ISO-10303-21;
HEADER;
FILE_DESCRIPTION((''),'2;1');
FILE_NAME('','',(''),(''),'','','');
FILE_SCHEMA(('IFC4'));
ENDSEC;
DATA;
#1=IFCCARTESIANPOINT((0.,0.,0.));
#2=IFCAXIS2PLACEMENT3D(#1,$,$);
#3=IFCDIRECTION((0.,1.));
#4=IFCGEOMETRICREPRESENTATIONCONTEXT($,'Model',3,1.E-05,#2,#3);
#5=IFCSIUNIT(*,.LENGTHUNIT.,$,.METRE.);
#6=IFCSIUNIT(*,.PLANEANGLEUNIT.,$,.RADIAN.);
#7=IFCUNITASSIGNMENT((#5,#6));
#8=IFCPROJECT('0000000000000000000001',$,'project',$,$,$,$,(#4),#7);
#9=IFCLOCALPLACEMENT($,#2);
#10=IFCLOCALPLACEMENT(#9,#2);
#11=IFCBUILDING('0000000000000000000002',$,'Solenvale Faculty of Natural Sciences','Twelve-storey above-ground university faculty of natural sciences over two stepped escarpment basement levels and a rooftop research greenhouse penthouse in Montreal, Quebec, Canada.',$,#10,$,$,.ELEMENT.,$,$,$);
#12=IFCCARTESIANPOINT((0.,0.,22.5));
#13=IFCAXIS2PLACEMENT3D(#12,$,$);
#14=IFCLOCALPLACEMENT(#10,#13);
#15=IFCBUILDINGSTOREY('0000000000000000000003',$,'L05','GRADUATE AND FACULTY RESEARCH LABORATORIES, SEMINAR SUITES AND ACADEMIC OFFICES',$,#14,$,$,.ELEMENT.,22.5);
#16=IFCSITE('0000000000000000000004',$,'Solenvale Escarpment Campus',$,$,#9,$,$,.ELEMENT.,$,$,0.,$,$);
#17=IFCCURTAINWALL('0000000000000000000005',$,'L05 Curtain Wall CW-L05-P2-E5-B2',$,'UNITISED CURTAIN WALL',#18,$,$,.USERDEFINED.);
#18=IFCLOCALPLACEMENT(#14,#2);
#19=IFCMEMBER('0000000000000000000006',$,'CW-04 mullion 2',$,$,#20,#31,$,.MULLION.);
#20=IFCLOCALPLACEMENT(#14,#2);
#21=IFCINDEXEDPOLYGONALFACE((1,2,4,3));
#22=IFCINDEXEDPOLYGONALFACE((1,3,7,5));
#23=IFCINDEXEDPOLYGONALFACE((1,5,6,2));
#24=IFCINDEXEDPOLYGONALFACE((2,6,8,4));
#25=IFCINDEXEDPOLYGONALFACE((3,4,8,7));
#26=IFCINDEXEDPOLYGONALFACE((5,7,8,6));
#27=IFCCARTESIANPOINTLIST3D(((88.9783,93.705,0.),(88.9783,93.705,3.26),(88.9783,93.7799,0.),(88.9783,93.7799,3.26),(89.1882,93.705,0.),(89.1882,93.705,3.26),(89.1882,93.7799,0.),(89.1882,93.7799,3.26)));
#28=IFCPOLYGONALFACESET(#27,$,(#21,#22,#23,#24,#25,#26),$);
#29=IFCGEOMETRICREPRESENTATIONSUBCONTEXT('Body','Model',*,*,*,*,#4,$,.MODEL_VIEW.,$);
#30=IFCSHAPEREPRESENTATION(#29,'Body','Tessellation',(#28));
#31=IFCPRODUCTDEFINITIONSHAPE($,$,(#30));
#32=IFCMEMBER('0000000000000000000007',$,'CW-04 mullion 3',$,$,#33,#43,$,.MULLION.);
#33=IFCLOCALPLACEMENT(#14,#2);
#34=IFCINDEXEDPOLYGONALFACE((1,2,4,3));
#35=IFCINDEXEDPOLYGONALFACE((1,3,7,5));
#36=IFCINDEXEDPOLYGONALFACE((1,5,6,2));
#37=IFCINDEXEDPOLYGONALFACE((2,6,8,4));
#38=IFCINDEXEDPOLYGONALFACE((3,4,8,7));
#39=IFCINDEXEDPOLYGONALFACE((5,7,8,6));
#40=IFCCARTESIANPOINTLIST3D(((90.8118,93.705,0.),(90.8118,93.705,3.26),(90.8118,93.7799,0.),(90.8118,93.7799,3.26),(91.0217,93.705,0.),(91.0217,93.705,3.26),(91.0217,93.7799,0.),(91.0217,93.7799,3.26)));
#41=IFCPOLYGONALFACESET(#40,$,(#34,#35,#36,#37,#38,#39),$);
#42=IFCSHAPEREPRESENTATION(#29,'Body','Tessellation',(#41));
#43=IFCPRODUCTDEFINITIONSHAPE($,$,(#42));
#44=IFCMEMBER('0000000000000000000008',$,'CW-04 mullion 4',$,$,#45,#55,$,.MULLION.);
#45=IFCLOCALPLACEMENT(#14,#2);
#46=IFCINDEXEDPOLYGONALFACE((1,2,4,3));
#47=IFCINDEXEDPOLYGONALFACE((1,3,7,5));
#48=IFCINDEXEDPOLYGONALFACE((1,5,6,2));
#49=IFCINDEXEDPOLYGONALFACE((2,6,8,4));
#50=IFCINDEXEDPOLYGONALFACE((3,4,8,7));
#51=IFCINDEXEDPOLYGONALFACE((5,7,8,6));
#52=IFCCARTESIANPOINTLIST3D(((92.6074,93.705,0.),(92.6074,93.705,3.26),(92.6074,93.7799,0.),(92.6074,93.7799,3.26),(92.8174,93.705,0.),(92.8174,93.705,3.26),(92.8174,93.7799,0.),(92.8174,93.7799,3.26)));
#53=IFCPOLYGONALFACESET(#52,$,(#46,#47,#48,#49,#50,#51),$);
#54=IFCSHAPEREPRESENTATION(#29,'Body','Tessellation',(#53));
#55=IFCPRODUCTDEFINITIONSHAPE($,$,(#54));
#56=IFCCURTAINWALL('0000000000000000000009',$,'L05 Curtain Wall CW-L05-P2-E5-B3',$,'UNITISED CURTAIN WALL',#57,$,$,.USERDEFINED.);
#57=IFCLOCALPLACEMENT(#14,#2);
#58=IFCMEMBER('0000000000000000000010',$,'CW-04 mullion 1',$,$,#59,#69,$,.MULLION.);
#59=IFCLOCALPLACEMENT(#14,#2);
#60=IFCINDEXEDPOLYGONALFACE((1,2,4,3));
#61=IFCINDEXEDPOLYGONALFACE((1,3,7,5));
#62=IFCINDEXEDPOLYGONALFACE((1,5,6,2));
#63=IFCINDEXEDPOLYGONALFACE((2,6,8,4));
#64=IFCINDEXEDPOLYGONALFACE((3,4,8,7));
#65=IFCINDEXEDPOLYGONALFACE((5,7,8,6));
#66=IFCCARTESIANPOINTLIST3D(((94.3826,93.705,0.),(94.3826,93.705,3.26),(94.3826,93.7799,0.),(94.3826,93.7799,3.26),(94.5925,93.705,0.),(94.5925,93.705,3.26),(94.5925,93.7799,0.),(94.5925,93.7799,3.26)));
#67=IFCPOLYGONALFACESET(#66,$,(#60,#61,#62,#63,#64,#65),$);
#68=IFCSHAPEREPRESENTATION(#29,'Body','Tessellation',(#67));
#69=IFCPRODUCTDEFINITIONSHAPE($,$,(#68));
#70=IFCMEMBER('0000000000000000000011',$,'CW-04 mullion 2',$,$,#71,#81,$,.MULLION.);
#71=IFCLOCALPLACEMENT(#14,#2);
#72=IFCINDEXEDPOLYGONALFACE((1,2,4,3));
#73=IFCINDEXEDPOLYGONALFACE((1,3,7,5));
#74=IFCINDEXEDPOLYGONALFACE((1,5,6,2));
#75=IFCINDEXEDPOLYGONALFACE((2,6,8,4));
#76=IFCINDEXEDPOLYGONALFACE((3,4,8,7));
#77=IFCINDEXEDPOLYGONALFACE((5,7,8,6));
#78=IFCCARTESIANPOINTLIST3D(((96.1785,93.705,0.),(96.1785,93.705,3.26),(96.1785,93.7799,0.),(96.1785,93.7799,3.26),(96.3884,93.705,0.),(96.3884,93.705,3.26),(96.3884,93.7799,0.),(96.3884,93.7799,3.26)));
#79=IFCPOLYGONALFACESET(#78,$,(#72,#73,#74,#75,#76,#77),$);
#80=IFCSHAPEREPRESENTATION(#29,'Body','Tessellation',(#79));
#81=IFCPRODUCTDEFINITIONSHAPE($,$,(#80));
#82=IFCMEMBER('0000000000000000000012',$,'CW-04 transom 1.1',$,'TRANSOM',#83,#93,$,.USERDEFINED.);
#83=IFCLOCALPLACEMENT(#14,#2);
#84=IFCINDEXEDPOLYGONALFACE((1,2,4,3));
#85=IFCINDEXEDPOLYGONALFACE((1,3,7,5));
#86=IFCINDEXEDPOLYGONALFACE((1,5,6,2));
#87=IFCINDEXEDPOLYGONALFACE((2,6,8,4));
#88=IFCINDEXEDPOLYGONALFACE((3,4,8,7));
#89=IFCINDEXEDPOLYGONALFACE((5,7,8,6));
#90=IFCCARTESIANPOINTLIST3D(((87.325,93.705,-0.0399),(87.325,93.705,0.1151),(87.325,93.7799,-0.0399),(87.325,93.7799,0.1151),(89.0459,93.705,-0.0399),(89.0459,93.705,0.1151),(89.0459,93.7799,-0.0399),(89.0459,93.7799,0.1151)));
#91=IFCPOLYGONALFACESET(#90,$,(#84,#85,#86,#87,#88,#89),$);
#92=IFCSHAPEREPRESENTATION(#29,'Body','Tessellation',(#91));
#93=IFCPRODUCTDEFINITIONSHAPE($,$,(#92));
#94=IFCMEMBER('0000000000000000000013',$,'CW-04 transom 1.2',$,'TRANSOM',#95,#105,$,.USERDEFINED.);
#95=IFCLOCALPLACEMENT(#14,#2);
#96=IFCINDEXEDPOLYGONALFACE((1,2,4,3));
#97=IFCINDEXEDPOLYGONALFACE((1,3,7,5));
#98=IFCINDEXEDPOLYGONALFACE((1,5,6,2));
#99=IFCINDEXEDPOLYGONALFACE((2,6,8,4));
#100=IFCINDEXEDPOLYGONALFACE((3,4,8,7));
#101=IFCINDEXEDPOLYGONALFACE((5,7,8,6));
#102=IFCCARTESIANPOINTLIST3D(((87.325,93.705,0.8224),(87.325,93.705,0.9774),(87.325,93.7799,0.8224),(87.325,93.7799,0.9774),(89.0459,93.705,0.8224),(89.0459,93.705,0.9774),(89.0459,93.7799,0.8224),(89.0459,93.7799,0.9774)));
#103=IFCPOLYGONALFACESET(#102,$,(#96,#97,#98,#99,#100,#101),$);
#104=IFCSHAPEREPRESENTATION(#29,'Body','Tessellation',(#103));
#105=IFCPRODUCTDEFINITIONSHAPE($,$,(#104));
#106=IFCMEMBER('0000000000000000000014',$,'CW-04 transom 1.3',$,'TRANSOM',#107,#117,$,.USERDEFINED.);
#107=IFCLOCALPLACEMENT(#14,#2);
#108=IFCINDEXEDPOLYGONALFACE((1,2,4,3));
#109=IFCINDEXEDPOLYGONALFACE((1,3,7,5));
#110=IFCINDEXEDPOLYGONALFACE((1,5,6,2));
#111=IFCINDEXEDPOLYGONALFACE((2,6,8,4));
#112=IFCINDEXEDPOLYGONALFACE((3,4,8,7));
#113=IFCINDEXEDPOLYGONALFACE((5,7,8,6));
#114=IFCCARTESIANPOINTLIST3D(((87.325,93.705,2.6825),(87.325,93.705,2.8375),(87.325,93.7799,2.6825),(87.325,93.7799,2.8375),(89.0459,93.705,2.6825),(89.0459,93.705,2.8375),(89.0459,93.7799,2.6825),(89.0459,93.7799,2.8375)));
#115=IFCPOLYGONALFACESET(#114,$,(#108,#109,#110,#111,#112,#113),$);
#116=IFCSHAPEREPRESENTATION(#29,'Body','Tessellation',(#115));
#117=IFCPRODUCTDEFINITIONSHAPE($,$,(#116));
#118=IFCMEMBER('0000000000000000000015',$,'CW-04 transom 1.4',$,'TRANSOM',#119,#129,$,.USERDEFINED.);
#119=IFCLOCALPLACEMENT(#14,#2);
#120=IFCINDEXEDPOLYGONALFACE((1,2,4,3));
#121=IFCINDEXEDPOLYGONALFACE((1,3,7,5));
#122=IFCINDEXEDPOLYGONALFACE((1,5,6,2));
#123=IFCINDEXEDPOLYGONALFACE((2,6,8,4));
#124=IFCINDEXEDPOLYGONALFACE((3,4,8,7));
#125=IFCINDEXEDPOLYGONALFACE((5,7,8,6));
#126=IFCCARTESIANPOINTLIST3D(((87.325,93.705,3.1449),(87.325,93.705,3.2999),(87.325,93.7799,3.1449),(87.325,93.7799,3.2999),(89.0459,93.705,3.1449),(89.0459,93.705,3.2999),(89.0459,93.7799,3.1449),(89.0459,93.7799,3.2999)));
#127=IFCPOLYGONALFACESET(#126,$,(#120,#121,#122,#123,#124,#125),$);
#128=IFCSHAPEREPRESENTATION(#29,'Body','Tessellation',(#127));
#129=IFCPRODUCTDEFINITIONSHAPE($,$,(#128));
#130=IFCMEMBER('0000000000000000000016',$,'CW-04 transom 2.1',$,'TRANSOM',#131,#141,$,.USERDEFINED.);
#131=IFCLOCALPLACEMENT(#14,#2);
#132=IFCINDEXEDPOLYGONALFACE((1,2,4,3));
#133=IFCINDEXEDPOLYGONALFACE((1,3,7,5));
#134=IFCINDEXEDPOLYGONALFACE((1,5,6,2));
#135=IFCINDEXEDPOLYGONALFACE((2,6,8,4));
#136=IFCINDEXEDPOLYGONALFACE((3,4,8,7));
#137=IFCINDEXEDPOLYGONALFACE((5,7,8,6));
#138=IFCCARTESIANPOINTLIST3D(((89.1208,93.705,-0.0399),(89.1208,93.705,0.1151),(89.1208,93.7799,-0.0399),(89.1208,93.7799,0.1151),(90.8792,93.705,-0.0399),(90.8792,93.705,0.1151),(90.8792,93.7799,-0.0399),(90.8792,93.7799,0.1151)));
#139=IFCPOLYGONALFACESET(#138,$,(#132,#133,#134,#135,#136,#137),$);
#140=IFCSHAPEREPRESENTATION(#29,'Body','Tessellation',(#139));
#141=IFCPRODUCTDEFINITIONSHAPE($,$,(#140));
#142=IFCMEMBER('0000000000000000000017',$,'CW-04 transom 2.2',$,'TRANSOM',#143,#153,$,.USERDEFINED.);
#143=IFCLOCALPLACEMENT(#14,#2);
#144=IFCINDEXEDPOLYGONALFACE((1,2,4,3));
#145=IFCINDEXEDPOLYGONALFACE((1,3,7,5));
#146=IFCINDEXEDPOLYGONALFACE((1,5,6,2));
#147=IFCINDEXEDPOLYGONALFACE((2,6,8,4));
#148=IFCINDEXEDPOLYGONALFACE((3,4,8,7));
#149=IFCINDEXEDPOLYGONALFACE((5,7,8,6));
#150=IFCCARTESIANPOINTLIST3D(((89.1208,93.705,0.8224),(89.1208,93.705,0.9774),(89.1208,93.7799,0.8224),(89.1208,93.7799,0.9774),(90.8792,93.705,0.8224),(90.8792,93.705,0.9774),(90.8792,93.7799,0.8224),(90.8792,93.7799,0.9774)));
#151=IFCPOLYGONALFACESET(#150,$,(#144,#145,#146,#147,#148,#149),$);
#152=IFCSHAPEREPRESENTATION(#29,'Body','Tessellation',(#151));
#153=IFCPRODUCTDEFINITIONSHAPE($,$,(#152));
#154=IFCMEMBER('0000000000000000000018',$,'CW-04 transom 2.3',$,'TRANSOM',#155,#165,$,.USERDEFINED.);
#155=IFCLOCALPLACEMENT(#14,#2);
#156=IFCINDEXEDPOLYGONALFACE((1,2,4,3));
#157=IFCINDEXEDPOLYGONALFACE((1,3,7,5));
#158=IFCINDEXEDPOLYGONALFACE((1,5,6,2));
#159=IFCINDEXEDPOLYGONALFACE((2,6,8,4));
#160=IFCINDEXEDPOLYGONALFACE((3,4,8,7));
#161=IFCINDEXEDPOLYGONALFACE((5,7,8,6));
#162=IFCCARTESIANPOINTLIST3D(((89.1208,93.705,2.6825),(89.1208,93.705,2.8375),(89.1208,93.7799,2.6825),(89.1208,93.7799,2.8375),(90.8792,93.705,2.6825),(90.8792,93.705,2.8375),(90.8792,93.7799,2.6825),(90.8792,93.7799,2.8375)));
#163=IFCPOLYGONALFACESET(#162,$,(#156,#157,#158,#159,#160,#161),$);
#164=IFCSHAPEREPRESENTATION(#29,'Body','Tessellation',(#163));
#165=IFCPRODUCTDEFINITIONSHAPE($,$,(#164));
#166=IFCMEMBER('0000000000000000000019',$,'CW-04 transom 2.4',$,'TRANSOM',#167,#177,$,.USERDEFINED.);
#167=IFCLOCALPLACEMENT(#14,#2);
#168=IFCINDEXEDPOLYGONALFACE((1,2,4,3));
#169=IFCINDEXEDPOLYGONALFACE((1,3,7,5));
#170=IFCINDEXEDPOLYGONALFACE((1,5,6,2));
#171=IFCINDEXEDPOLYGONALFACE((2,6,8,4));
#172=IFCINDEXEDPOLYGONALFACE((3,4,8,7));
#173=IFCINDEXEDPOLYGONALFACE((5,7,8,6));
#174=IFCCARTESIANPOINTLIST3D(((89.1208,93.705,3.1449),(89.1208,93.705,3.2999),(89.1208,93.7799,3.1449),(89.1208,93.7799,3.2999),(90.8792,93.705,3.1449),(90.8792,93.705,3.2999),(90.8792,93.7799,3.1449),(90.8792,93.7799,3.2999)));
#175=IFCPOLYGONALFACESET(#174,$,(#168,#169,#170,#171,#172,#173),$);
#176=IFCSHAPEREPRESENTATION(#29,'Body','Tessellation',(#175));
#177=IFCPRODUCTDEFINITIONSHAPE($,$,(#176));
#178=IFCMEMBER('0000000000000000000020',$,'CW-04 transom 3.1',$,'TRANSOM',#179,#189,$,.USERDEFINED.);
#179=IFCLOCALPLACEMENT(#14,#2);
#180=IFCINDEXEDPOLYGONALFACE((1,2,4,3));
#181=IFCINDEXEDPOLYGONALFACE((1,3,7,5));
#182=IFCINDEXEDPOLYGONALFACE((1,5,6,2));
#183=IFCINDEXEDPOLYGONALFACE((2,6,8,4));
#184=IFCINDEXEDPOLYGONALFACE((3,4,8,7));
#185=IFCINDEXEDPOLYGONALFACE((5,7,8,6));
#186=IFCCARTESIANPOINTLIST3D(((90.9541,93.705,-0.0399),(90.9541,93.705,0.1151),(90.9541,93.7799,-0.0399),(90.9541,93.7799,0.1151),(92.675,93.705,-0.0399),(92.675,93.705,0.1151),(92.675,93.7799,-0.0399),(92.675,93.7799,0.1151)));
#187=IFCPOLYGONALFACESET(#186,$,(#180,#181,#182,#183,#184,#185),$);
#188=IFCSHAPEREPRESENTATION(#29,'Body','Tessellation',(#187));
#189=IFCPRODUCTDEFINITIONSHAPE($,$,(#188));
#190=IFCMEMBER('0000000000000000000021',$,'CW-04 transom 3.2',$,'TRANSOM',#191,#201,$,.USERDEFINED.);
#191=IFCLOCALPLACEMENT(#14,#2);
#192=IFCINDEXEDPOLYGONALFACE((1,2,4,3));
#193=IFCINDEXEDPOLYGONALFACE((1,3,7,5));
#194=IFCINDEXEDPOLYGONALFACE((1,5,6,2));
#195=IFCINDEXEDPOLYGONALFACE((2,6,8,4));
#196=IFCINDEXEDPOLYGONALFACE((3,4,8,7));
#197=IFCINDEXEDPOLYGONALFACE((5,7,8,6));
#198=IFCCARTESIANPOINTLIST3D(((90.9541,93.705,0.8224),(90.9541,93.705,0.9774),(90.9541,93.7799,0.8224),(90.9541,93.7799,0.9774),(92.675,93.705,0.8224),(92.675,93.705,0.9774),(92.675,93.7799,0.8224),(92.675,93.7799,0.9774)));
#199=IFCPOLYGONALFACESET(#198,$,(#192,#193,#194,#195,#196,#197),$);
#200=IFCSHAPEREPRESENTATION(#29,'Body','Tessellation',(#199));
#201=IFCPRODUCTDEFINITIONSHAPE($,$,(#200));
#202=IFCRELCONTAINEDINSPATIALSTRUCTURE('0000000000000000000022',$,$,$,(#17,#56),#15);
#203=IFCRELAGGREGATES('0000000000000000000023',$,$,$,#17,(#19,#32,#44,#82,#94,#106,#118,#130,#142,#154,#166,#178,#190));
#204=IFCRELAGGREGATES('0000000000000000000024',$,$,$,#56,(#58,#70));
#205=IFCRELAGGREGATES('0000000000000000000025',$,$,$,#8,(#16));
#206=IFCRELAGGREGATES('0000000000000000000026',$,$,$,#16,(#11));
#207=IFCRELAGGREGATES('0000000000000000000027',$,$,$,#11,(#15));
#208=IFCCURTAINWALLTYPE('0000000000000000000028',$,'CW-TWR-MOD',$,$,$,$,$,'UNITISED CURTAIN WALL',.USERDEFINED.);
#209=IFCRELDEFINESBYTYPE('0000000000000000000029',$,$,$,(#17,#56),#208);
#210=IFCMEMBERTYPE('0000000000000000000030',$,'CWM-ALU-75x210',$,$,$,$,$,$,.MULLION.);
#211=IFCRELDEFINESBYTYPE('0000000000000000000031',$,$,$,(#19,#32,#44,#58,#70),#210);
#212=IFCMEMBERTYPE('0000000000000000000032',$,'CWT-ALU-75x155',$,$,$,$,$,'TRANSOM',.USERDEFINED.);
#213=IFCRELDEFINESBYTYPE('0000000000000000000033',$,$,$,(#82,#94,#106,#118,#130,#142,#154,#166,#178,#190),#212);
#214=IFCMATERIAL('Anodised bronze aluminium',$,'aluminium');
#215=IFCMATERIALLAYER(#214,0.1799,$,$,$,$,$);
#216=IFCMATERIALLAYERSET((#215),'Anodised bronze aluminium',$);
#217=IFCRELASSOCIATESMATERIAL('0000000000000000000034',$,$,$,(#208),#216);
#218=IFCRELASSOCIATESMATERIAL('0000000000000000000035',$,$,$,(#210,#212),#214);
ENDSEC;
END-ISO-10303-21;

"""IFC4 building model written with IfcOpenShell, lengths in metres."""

from ifc_helpers import new_model, si_unit, direction, frame, origin, origin_2d, place, context, subcontext, project, spatial, rectangle, extrude, material, layer, layer_set, material_profile, profile_set, type_object, element, aggregate, save


model = new_model("IFC4")

# Units and contexts
model_context = context("Model", 3, precision=1e-05, world=origin(), true_north=direction((0.0, 1.0)))
body_context = subcontext(model_context, "Body", "Model", "MODEL_VIEW")
ifc_project = project(units=[si_unit("LENGTHUNIT", "METRE"), si_unit("PLANEANGLEUNIT", "RADIAN")], contexts=[model_context])

# Site, building, storey
site_placement = place(None, origin())
site = spatial("IfcSite", under=ifc_project, at=site_placement, Name="Solenvale Escarpment Campus", CompositionType="ELEMENT", RefElevation=0.0)
building_placement = place(site_placement, origin())
building = spatial("IfcBuilding", under=site, at=building_placement, Name="Solenvale Faculty of Natural Sciences", Description="Twelve-storey above-ground university faculty of natural sciences over two stepped escarpment basement levels and a rooftop research greenhouse penthouse in Montreal, Quebec, Canada.", CompositionType="ELEMENT")
storey_placement = place(building_placement, frame((0.0, 0.0, 22.5)))
storey = spatial("IfcBuildingStorey", under=building, at=storey_placement, Name="L05", Description="GRADUATE AND FACULTY RESEARCH LABORATORIES, SEMINAR SUITES AND ACADEMIC OFFICES", CompositionType="ELEMENT", Elevation=22.5)

# Curtain walls, members
ifc_material_1 = material(Name="Anodised bronze aluminium", Category="aluminium")
ifc_layer_1 = layer(ifc_material_1, 0.1799)
ifc_layer_set_1 = layer_set([ifc_layer_1], Name="Anodised bronze aluminium")
curtain_wall_type = type_object("IfcCurtainWallType", Name="CW-TWR-MOD", ElementType="UNITISED CURTAIN WALL", PredefinedType="USERDEFINED", material=ifc_layer_set_1)
curtain_wall_1_placement = place(storey_placement, origin())
curtain_wall_1 = element("IfcCurtainWall", 1, at=curtain_wall_1_placement, inside=storey, type_object=curtain_wall_type, Name="L05 Curtain Wall CW-L05-P2-E5-B2", ObjectType="UNITISED CURTAIN WALL", PredefinedType="USERDEFINED")
ifc_material_profile_1 = material_profile(ifc_material_1, rectangle(XDim=0.075, YDim=0.21, at=origin_2d()), Name="ALU-MUL-75x210")
ifc_profile_set_1 = profile_set([ifc_material_profile_1], Name="Anodised bronze aluminium")
member_type_1 = type_object("IfcMemberType", Name="CWM-ALU-75x210", PredefinedType="MULLION", material=ifc_profile_set_1)
member_1_placement = place(storey_placement, frame((89.0833, 93.7424, 0.0), z_axis=(0.0, 0.0, 1.0), x_axis=(0.0, 1.0, 0.0)))
member_1 = element("IfcMember", 2, at=member_1_placement, type_object=member_type_1, Name="CW-04 mullion 2", PredefinedType="MULLION", context=body_context, shape_type="SweptSolid", body=[
    extrude(rectangle(XDim=0.075, YDim=0.21, at=origin_2d()), origin(), (0.0, 0.0, 1.0), 3.26),
])
member_2_placement = place(storey_placement, frame((90.9167, 93.7424, 0.0), z_axis=(0.0, 0.0, 1.0), x_axis=(0.0, 1.0, 0.0)))
member_2 = element("IfcMember", 3, at=member_2_placement, type_object=member_type_1, Name="CW-04 mullion 3", PredefinedType="MULLION", context=body_context, shape_type="SweptSolid", body=[
    extrude(rectangle(XDim=0.075, YDim=0.21, at=origin_2d()), origin(), (0.0, 0.0, 1.0), 3.26),
])
member_3_placement = place(storey_placement, frame((92.7124, 93.7424, 0.0), z_axis=(0.0, 0.0, 1.0), x_axis=(0.0, 1.0, 0.0)))
member_3 = element("IfcMember", 4, at=member_3_placement, type_object=member_type_1, Name="CW-04 mullion 4", PredefinedType="MULLION", context=body_context, shape_type="SweptSolid", body=[
    extrude(rectangle(XDim=0.075, YDim=0.21, at=origin_2d()), origin(), (0.0, 0.0, 1.0), 3.26),
])
curtain_wall_2_placement = place(storey_placement, origin())
curtain_wall_2 = element("IfcCurtainWall", 5, at=curtain_wall_2_placement, inside=storey, type_object=curtain_wall_type, Name="L05 Curtain Wall CW-L05-P2-E5-B3", ObjectType="UNITISED CURTAIN WALL", PredefinedType="USERDEFINED")
member_4_placement = place(storey_placement, frame((94.4875, 93.7424, 0.0), z_axis=(0.0, 0.0, 1.0), x_axis=(0.0, 1.0, 0.0)))
member_4 = element("IfcMember", 6, at=member_4_placement, type_object=member_type_1, Name="CW-04 mullion 1", PredefinedType="MULLION", context=body_context, shape_type="SweptSolid", body=[
    extrude(rectangle(XDim=0.075, YDim=0.21, at=origin_2d()), origin(), (0.0, 0.0, 1.0), 3.26),
])
member_5_placement = place(storey_placement, frame((96.2834, 93.7424, 0.0), z_axis=(0.0, 0.0, 1.0), x_axis=(0.0, 1.0, 0.0)))
member_5 = element("IfcMember", 7, at=member_5_placement, type_object=member_type_1, Name="CW-04 mullion 2", PredefinedType="MULLION", context=body_context, shape_type="SweptSolid", body=[
    extrude(rectangle(XDim=0.075, YDim=0.21, at=origin_2d()), origin(), (0.0, 0.0, 1.0), 3.26),
])

# Members
ifc_material_profile_2 = material_profile(ifc_material_1, rectangle(XDim=0.075, YDim=0.155, at=origin_2d()), Name="ALU-TRN-75x155")
ifc_profile_set_2 = profile_set([ifc_material_profile_2], Name="Anodised bronze aluminium")
member_type_2 = type_object("IfcMemberType", Name="CWT-ALU-75x155", ElementType="TRANSOM", PredefinedType="USERDEFINED", material=ifc_profile_set_2)
member_6_placement = place(storey_placement, frame((87.325, 93.7424, 0.0376), z_axis=(1.0, 0.0, 0.0), x_axis=(0.0, 1.0, 0.0)))
member_6 = element("IfcMember", 8, at=member_6_placement, type_object=member_type_2, Name="CW-04 transom 1.1", ObjectType="TRANSOM", PredefinedType="USERDEFINED", context=body_context, shape_type="SweptSolid", body=[
    extrude(rectangle(XDim=0.075, YDim=0.155, at=origin_2d()), origin(), (0.0, 0.0, 1.0), 1.7209),
])
member_7_placement = place(storey_placement, frame((87.325, 93.7424, 0.8999), z_axis=(1.0, 0.0, 0.0), x_axis=(0.0, 1.0, 0.0)))
member_7 = element("IfcMember", 9, at=member_7_placement, type_object=member_type_2, Name="CW-04 transom 1.2", ObjectType="TRANSOM", PredefinedType="USERDEFINED", context=body_context, shape_type="SweptSolid", body=[
    extrude(rectangle(XDim=0.075, YDim=0.155, at=origin_2d()), origin(), (0.0, 0.0, 1.0), 1.7209),
])
member_8_placement = place(storey_placement, frame((87.325, 93.7424, 2.76), z_axis=(1.0, 0.0, 0.0), x_axis=(0.0, 1.0, 0.0)))
member_8 = element("IfcMember", 10, at=member_8_placement, type_object=member_type_2, Name="CW-04 transom 1.3", ObjectType="TRANSOM", PredefinedType="USERDEFINED", context=body_context, shape_type="SweptSolid", body=[
    extrude(rectangle(XDim=0.075, YDim=0.155, at=origin_2d()), origin(), (0.0, 0.0, 1.0), 1.7209),
])
member_9_placement = place(storey_placement, frame((87.325, 93.7424, 3.2224), z_axis=(1.0, 0.0, 0.0), x_axis=(0.0, 1.0, 0.0)))
member_9 = element("IfcMember", 11, at=member_9_placement, type_object=member_type_2, Name="CW-04 transom 1.4", ObjectType="TRANSOM", PredefinedType="USERDEFINED", context=body_context, shape_type="SweptSolid", body=[
    extrude(rectangle(XDim=0.075, YDim=0.155, at=origin_2d()), origin(), (0.0, 0.0, 1.0), 1.7209),
])
member_10_placement = place(storey_placement, frame((89.1208, 93.7424, 0.0376), z_axis=(1.0, 0.0, 0.0), x_axis=(0.0, 1.0, 0.0)))
member_10 = element("IfcMember", 12, at=member_10_placement, type_object=member_type_2, Name="CW-04 transom 2.1", ObjectType="TRANSOM", PredefinedType="USERDEFINED", context=body_context, shape_type="SweptSolid", body=[
    extrude(rectangle(XDim=0.075, YDim=0.155, at=origin_2d()), origin(), (0.0, 0.0, 1.0), 1.7583),
])
member_11_placement = place(storey_placement, frame((89.1208, 93.7424, 0.8999), z_axis=(1.0, 0.0, 0.0), x_axis=(0.0, 1.0, 0.0)))
member_11 = element("IfcMember", 13, at=member_11_placement, type_object=member_type_2, Name="CW-04 transom 2.2", ObjectType="TRANSOM", PredefinedType="USERDEFINED", context=body_context, shape_type="SweptSolid", body=[
    extrude(rectangle(XDim=0.075, YDim=0.155, at=origin_2d()), origin(), (0.0, 0.0, 1.0), 1.7583),
])
member_12_placement = place(storey_placement, frame((89.1208, 93.7424, 2.76), z_axis=(1.0, 0.0, 0.0), x_axis=(0.0, 1.0, 0.0)))
member_12 = element("IfcMember", 14, at=member_12_placement, type_object=member_type_2, Name="CW-04 transom 2.3", ObjectType="TRANSOM", PredefinedType="USERDEFINED", context=body_context, shape_type="SweptSolid", body=[
    extrude(rectangle(XDim=0.075, YDim=0.155, at=origin_2d()), origin(), (0.0, 0.0, 1.0), 1.7583),
])
member_13_placement = place(storey_placement, frame((89.1208, 93.7424, 3.2224), z_axis=(1.0, 0.0, 0.0), x_axis=(0.0, 1.0, 0.0)))
member_13 = element("IfcMember", 15, at=member_13_placement, type_object=member_type_2, Name="CW-04 transom 2.4", ObjectType="TRANSOM", PredefinedType="USERDEFINED", context=body_context, shape_type="SweptSolid", body=[
    extrude(rectangle(XDim=0.075, YDim=0.155, at=origin_2d()), origin(), (0.0, 0.0, 1.0), 1.7583),
])
member_14_placement = place(storey_placement, frame((90.9541, 93.7424, 0.0376), z_axis=(1.0, 0.0, 0.0), x_axis=(0.0, 1.0, 0.0)))
member_14 = element("IfcMember", 16, at=member_14_placement, type_object=member_type_2, Name="CW-04 transom 3.1", ObjectType="TRANSOM", PredefinedType="USERDEFINED", context=body_context, shape_type="SweptSolid", body=[
    extrude(rectangle(XDim=0.075, YDim=0.155, at=origin_2d()), origin(), (0.0, 0.0, 1.0), 1.7209),
])
member_15_placement = place(storey_placement, frame((90.9541, 93.7424, 0.8999), z_axis=(1.0, 0.0, 0.0), x_axis=(0.0, 1.0, 0.0)))
member_15 = element("IfcMember", 17, at=member_15_placement, type_object=member_type_2, Name="CW-04 transom 3.2", ObjectType="TRANSOM", PredefinedType="USERDEFINED", context=body_context, shape_type="SweptSolid", body=[
    extrude(rectangle(XDim=0.075, YDim=0.155, at=origin_2d()), origin(), (0.0, 0.0, 1.0), 1.7209),
])

aggregate(curtain_wall_1, [member_1, member_2, member_3, member_6, member_7, member_8, member_9, member_10, member_11, member_12, member_13, member_14, member_15])
aggregate(curtain_wall_2, [member_4, member_5])

save(model, "model.ifc")
